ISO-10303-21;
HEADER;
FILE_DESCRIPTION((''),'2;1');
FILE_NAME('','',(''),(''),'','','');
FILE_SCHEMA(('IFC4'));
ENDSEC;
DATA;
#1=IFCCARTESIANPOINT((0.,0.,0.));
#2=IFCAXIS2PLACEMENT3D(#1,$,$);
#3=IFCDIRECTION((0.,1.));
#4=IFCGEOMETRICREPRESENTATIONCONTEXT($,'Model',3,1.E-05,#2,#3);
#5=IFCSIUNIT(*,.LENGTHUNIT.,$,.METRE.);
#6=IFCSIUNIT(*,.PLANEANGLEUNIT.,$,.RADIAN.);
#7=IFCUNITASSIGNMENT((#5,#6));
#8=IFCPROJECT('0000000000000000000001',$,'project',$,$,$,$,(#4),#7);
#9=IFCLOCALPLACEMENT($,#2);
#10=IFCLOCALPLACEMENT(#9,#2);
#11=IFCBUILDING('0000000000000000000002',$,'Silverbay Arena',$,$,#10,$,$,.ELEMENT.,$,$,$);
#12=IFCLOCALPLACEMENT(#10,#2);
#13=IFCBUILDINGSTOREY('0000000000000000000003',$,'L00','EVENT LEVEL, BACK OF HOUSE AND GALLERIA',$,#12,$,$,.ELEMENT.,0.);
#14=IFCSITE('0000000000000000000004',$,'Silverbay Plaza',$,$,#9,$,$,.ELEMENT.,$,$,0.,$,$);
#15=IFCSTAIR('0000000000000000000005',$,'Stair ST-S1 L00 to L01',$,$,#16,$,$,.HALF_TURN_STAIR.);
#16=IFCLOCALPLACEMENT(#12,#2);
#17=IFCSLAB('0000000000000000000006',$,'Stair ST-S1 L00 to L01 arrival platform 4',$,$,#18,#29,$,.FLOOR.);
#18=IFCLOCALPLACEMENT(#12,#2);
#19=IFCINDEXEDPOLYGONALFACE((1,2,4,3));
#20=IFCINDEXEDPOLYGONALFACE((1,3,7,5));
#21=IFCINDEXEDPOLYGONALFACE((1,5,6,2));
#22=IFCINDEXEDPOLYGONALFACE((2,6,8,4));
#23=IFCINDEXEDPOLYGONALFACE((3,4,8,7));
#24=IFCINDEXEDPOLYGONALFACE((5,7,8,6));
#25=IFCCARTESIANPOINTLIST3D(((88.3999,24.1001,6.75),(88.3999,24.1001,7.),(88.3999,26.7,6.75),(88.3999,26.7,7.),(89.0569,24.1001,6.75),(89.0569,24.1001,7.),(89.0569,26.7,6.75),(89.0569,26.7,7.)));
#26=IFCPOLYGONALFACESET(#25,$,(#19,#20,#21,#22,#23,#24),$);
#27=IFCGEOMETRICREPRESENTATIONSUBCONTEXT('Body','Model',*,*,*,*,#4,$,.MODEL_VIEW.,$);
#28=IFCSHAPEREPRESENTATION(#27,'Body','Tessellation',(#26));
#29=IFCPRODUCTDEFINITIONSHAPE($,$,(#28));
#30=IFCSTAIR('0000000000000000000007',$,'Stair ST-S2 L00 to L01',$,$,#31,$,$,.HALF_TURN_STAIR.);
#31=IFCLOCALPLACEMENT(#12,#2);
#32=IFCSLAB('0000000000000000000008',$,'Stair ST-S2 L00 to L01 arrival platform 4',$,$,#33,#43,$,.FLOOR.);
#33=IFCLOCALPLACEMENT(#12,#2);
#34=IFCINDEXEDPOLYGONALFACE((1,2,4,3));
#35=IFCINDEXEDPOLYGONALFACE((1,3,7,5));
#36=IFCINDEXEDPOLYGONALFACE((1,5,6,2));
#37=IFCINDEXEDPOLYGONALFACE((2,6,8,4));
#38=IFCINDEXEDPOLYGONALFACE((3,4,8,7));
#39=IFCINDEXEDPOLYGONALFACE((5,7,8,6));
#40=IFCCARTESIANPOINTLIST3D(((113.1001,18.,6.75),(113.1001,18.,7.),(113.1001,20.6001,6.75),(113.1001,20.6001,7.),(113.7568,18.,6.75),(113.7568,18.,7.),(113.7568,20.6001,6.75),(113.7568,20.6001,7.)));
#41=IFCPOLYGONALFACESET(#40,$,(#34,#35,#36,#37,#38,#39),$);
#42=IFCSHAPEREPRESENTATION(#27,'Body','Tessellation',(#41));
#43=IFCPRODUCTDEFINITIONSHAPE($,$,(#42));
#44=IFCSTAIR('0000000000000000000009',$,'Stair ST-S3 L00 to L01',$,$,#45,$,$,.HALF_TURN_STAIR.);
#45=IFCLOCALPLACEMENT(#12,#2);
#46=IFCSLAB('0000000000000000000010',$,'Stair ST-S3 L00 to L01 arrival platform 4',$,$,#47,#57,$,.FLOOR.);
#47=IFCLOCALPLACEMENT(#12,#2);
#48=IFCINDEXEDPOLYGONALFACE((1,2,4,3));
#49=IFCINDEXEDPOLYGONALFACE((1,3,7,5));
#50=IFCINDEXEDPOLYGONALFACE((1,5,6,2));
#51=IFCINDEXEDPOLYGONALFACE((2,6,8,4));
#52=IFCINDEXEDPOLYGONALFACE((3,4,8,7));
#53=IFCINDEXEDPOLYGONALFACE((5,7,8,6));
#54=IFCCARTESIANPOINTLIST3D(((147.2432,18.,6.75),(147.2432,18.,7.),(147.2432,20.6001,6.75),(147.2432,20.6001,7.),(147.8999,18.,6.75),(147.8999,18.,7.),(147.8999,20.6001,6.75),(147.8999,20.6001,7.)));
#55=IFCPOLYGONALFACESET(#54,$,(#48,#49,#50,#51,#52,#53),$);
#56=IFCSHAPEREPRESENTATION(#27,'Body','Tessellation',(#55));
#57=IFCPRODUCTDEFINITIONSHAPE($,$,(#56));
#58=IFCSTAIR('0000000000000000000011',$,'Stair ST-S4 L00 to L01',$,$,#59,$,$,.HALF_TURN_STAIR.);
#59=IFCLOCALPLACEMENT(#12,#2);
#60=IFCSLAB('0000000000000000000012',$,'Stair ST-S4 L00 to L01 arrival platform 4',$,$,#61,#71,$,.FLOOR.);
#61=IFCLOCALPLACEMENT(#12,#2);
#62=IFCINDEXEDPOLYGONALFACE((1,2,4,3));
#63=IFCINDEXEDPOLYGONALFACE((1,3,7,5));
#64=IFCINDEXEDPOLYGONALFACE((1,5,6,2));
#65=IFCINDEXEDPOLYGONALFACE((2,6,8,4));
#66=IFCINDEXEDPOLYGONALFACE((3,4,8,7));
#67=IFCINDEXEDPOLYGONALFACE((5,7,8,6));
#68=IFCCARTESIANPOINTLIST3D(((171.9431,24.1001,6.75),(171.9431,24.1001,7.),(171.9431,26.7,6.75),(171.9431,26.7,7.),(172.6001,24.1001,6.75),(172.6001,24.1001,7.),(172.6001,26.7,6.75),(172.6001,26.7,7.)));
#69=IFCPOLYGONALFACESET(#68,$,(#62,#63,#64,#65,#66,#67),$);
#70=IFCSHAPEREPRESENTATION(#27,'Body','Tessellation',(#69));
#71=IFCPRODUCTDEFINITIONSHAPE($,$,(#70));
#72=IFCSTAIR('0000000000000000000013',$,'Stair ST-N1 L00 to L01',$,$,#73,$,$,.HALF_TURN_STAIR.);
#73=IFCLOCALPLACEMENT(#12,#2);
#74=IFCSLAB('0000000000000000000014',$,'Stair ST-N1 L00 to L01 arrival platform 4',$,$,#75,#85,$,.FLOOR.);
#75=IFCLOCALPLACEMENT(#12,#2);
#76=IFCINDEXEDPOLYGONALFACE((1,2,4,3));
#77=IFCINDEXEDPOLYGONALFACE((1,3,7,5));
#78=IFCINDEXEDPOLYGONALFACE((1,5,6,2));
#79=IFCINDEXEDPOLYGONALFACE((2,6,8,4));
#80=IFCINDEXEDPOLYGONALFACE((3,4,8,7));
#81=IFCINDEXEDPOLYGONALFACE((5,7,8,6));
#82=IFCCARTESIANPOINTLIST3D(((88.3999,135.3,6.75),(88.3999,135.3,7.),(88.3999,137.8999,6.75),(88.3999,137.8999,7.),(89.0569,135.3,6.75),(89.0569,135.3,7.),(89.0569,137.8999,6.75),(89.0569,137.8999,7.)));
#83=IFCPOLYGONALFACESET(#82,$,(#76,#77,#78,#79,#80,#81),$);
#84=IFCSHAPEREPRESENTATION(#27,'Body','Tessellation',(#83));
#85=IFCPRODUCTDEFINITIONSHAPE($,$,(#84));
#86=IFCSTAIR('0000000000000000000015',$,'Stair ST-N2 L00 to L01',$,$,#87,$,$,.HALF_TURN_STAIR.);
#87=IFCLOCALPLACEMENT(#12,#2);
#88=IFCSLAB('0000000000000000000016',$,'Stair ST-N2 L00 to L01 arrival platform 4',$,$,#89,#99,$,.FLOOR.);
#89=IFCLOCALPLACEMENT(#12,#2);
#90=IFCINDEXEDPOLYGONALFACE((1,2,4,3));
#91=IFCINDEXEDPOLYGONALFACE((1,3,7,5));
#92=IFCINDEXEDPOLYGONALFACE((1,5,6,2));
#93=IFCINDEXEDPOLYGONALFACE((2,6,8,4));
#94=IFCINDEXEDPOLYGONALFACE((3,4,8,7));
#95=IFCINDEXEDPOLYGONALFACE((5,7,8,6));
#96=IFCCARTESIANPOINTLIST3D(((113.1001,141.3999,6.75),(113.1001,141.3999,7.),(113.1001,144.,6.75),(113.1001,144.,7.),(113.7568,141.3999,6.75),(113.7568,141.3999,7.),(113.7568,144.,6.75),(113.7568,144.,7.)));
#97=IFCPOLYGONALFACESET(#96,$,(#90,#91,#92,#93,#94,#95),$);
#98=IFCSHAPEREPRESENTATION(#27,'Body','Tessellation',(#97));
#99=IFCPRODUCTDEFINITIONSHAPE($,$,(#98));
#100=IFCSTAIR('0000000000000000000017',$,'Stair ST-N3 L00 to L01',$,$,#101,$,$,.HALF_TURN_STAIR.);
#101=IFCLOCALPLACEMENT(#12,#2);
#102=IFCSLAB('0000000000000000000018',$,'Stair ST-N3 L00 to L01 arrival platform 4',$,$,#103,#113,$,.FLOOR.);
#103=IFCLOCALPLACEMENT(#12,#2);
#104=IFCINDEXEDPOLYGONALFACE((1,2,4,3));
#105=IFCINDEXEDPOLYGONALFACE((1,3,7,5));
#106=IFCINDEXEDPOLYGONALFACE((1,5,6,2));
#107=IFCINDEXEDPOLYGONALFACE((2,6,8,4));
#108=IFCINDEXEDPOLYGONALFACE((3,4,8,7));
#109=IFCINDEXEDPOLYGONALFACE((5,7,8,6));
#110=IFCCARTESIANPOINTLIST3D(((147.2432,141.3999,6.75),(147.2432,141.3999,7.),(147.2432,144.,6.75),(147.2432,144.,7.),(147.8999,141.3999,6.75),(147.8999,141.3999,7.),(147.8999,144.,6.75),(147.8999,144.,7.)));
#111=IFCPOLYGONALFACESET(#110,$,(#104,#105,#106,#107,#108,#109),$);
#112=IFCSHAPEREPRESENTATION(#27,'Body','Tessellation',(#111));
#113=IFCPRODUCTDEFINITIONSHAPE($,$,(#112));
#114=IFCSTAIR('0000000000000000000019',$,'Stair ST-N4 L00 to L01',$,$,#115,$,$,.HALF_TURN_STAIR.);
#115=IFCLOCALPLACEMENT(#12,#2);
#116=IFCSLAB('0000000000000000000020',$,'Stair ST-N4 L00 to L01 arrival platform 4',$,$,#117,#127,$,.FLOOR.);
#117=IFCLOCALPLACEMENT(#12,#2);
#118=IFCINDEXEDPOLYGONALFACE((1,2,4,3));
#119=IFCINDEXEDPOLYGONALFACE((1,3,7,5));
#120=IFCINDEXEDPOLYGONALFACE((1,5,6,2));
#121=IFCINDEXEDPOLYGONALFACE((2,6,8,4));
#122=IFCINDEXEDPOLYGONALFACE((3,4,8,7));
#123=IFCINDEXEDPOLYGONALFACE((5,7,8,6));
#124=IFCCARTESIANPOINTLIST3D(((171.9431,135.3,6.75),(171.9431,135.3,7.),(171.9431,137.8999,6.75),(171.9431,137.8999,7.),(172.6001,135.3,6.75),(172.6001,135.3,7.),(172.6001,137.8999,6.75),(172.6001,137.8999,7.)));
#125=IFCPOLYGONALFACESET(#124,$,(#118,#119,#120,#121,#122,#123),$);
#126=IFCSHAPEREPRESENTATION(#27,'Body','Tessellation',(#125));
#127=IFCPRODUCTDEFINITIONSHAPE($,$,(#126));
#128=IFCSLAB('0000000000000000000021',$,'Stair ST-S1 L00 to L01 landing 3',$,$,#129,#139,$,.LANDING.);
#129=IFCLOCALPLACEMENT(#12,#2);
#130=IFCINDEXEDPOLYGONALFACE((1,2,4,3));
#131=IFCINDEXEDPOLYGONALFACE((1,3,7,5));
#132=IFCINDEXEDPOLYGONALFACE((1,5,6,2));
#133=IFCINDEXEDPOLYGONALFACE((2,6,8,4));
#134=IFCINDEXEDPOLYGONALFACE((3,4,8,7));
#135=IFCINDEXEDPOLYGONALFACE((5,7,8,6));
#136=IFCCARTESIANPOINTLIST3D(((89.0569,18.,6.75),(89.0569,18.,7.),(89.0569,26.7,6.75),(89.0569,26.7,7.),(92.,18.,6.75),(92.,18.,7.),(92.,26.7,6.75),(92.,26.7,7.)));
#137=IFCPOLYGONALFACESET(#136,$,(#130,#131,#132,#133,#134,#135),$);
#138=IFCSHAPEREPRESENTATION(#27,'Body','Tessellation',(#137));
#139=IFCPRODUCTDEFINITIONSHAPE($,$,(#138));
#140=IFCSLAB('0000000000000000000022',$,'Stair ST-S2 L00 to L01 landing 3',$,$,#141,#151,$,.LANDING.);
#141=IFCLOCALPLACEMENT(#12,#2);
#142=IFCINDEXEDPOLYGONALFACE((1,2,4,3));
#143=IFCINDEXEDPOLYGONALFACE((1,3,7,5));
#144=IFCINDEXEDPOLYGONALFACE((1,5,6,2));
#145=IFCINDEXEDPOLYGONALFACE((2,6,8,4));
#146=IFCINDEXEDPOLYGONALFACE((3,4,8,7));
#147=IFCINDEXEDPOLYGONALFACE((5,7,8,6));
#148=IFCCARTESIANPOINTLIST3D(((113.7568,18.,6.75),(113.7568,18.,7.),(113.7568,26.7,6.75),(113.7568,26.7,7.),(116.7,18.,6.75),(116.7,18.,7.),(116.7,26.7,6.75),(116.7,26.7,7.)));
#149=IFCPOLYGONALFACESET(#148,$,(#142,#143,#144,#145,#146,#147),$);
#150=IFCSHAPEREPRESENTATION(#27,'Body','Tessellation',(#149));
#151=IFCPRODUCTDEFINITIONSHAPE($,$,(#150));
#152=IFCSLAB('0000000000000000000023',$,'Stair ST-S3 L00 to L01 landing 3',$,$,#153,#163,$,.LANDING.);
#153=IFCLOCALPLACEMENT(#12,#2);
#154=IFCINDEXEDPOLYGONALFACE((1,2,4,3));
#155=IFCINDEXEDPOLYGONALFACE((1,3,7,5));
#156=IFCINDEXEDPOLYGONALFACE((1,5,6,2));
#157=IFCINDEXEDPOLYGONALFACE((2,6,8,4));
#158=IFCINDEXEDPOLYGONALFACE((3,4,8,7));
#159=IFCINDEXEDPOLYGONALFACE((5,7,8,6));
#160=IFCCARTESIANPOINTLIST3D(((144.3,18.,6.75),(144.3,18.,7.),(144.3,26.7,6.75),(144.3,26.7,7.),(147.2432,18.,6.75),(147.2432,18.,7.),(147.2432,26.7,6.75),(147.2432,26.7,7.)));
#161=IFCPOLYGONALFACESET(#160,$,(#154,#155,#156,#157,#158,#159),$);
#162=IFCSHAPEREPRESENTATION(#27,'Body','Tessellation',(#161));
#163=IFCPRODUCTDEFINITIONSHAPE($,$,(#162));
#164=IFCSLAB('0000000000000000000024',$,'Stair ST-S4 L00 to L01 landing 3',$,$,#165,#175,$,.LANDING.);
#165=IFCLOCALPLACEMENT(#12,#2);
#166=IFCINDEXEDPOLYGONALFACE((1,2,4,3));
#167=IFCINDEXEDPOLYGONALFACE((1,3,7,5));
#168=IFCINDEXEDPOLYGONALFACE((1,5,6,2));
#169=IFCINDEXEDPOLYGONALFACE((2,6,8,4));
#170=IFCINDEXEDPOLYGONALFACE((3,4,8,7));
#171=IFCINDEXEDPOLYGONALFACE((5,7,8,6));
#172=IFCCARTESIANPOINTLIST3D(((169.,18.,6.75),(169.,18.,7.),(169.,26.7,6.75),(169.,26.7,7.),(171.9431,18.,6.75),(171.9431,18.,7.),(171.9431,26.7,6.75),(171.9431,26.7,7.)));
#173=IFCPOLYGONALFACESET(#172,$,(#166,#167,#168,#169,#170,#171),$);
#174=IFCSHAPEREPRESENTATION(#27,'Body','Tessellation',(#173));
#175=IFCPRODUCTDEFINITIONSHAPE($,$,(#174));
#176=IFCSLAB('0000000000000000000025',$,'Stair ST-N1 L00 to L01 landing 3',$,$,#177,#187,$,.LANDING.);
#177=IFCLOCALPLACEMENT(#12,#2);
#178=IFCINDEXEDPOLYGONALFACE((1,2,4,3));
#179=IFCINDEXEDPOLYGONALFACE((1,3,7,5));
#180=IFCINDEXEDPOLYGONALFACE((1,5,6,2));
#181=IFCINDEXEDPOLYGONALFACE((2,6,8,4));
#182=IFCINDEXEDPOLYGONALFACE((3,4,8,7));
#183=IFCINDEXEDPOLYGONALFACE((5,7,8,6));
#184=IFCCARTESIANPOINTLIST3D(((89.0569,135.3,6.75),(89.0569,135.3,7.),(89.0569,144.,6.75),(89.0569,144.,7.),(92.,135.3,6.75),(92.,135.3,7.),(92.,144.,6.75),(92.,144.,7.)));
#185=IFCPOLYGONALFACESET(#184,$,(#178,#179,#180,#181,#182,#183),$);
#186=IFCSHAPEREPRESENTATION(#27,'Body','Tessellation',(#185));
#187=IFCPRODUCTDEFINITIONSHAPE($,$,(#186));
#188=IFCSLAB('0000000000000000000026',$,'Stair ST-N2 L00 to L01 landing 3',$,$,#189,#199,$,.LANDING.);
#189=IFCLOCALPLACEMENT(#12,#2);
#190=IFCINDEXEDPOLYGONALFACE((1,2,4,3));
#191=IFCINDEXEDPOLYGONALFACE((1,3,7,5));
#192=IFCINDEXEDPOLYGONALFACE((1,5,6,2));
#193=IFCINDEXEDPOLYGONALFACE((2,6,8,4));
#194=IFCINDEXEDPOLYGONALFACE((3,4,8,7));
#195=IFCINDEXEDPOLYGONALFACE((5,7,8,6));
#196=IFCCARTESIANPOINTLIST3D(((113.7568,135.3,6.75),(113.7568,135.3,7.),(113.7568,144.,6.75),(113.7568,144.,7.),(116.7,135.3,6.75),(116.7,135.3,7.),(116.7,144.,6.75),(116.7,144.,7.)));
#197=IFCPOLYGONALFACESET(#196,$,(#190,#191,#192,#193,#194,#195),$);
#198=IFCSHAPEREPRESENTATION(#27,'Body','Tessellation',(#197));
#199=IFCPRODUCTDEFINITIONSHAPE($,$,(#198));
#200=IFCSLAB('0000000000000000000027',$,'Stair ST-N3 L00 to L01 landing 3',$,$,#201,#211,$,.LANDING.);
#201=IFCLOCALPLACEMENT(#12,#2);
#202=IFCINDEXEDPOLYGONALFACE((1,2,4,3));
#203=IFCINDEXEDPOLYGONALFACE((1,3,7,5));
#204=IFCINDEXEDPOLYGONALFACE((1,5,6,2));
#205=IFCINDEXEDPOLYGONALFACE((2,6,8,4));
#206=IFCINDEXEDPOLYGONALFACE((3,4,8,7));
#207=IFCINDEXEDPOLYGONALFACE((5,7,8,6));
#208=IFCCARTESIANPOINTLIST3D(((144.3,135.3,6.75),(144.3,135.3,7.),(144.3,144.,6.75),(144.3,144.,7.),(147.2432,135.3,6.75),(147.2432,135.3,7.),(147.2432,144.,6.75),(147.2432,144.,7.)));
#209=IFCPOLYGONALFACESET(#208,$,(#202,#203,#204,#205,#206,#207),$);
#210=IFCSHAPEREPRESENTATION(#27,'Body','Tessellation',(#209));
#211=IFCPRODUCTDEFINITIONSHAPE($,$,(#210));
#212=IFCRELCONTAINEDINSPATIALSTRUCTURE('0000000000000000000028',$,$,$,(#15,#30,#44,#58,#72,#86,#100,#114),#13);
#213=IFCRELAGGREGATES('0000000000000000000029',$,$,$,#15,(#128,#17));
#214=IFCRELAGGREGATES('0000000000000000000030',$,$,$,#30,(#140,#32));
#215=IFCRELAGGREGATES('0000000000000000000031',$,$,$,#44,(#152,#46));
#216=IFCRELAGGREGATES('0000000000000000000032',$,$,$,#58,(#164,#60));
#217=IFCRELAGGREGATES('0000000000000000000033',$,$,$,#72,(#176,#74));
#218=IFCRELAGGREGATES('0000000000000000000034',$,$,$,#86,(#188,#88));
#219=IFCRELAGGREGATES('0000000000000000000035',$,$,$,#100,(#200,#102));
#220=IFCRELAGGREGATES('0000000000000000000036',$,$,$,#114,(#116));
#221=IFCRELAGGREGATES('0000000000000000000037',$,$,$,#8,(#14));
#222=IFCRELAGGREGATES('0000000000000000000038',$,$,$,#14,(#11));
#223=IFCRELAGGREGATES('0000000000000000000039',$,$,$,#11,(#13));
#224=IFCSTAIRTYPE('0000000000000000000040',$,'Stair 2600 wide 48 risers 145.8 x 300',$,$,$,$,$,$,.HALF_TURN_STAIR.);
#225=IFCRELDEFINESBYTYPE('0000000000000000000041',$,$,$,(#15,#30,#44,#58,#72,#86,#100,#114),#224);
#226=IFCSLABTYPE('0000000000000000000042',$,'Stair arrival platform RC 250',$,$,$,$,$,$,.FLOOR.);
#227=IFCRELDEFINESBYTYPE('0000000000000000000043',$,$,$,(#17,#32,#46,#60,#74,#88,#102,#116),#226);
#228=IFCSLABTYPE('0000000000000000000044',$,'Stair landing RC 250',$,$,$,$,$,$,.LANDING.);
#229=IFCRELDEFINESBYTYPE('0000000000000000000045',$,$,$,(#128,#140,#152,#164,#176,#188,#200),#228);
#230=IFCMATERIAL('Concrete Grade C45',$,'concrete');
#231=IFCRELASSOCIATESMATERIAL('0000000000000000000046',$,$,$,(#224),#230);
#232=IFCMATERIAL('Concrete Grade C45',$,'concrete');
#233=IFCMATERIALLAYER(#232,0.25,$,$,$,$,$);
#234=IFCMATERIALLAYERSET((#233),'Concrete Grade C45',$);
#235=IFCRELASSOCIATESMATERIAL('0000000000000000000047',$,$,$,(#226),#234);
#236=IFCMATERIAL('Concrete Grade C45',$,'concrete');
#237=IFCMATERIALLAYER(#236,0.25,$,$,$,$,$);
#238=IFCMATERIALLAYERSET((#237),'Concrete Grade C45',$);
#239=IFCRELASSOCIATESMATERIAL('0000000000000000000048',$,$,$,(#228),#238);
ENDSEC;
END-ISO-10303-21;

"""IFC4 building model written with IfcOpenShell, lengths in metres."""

from ifc_helpers import new_model, si_unit, direction, frame, origin, place, context, subcontext, project, spatial, polyline, outline, extrude, material, layer, layer_set, type_object, element, aggregate, save


model = new_model("IFC4")

# Units and contexts
model_context = context("Model", 3, precision=1e-05, world=origin(), true_north=direction((0.0, 1.0)))
body_context = subcontext(model_context, "Body", "Model", "MODEL_VIEW")
ifc_project = project(units=[si_unit("LENGTHUNIT", "METRE"), si_unit("PLANEANGLEUNIT", "RADIAN")], contexts=[model_context])

# Site, building, storey
site_placement = place(None, origin())
site = spatial("IfcSite", under=ifc_project, at=site_placement, Name="Silverbay Plaza", CompositionType="ELEMENT", RefElevation=0.0)
building_placement = place(site_placement, origin())
building = spatial("IfcBuilding", under=site, at=building_placement, Name="Silverbay Arena", CompositionType="ELEMENT")
storey_placement = place(building_placement, origin())
storey = spatial("IfcBuildingStorey", under=building, at=storey_placement, Name="L00", Description="EVENT LEVEL, BACK OF HOUSE AND GALLERIA", CompositionType="ELEMENT", Elevation=0.0)

# Stairs, slabs
ifc_material_1 = material(Name="Concrete Grade C45", Category="concrete")
stair_type = type_object("IfcStairType", Name="Stair 2600 wide 48 risers 145.8 x 300", PredefinedType="HALF_TURN_STAIR", material=ifc_material_1)
stair_1_placement = place(storey_placement, origin())
stair_1 = element("IfcStair", 1, at=stair_1_placement, inside=storey, type_object=stair_type, Name="Stair ST-S1 L00 to L01", PredefinedType="HALF_TURN_STAIR")
ifc_material_2 = material(Name="Concrete Grade C45", Category="concrete")
ifc_layer_1 = layer(ifc_material_2, 0.25)
ifc_layer_set_1 = layer_set([ifc_layer_1], Name="Concrete Grade C45")
slab_type_1 = type_object("IfcSlabType", Name="Stair arrival platform RC 250", PredefinedType="FLOOR", material=ifc_layer_set_1)
slab_1_placement = place(storey_placement, frame((0.0, 0.0, 6.75)))
slab_1 = element("IfcSlab", 2, at=slab_1_placement, type_object=slab_type_1, Name="Stair ST-S1 L00 to L01 arrival platform 4", PredefinedType="FLOOR", context=body_context, shape_type="SweptSolid", body=[
    extrude(outline(polyline([(88.3999, 26.7), (89.0569, 26.7), (89.0569, 24.1001), (88.3999, 24.1001), (88.3999, 26.7)])), origin(), (0.0, 0.0, 1.0), 0.25),
])
stair_2_placement = place(storey_placement, origin())
stair_2 = element("IfcStair", 3, at=stair_2_placement, inside=storey, type_object=stair_type, Name="Stair ST-S2 L00 to L01", PredefinedType="HALF_TURN_STAIR")
slab_2_placement = place(storey_placement, frame((0.0, 0.0, 6.75)))
slab_2 = element("IfcSlab", 4, at=slab_2_placement, type_object=slab_type_1, Name="Stair ST-S2 L00 to L01 arrival platform 4", PredefinedType="FLOOR", context=body_context, shape_type="SweptSolid", body=[
    extrude(outline(polyline([(113.1001, 20.6001), (113.7568, 20.6001), (113.7568, 18.0), (113.1001, 18.0), (113.1001, 20.6001)])), origin(), (0.0, 0.0, 1.0), 0.25),
])
stair_3_placement = place(storey_placement, origin())
stair_3 = element("IfcStair", 5, at=stair_3_placement, inside=storey, type_object=stair_type, Name="Stair ST-S3 L00 to L01", PredefinedType="HALF_TURN_STAIR")
slab_3_placement = place(storey_placement, frame((0.0, 0.0, 6.75)))
slab_3 = element("IfcSlab", 6, at=slab_3_placement, type_object=slab_type_1, Name="Stair ST-S3 L00 to L01 arrival platform 4", PredefinedType="FLOOR", context=body_context, shape_type="SweptSolid", body=[
    extrude(outline(polyline([(147.8999, 20.6001), (147.2432, 20.6001), (147.2432, 18.0), (147.8999, 18.0), (147.8999, 20.6001)])), origin(), (0.0, 0.0, 1.0), 0.25),
])
stair_4_placement = place(storey_placement, origin())
stair_4 = element("IfcStair", 7, at=stair_4_placement, inside=storey, type_object=stair_type, Name="Stair ST-S4 L00 to L01", PredefinedType="HALF_TURN_STAIR")
slab_4_placement = place(storey_placement, frame((0.0, 0.0, 6.75)))
slab_4 = element("IfcSlab", 8, at=slab_4_placement, type_object=slab_type_1, Name="Stair ST-S4 L00 to L01 arrival platform 4", PredefinedType="FLOOR", context=body_context, shape_type="SweptSolid", body=[
    extrude(outline(polyline([(172.6001, 26.7), (171.9431, 26.7), (171.9431, 24.1001), (172.6001, 24.1001), (172.6001, 26.7)])), origin(), (0.0, 0.0, 1.0), 0.25),
])
stair_5_placement = place(storey_placement, origin())
stair_5 = element("IfcStair", 9, at=stair_5_placement, inside=storey, type_object=stair_type, Name="Stair ST-N1 L00 to L01", PredefinedType="HALF_TURN_STAIR")
slab_5_placement = place(storey_placement, frame((0.0, 0.0, 6.75)))
slab_5 = element("IfcSlab", 10, at=slab_5_placement, type_object=slab_type_1, Name="Stair ST-N1 L00 to L01 arrival platform 4", PredefinedType="FLOOR", context=body_context, shape_type="SweptSolid", body=[
    extrude(outline(polyline([(88.3999, 135.3), (89.0569, 135.3), (89.0569, 137.8999), (88.3999, 137.8999), (88.3999, 135.3)])), origin(), (0.0, 0.0, 1.0), 0.25),
])
stair_6_placement = place(storey_placement, origin())
stair_6 = element("IfcStair", 11, at=stair_6_placement, inside=storey, type_object=stair_type, Name="Stair ST-N2 L00 to L01", PredefinedType="HALF_TURN_STAIR")
slab_6_placement = place(storey_placement, frame((0.0, 0.0, 6.75)))
slab_6 = element("IfcSlab", 12, at=slab_6_placement, type_object=slab_type_1, Name="Stair ST-N2 L00 to L01 arrival platform 4", PredefinedType="FLOOR", context=body_context, shape_type="SweptSolid", body=[
    extrude(outline(polyline([(113.1001, 141.3999), (113.7568, 141.3999), (113.7568, 144.0), (113.1001, 144.0), (113.1001, 141.3999)])), origin(), (0.0, 0.0, 1.0), 0.25),
])
stair_7_placement = place(storey_placement, origin())
stair_7 = element("IfcStair", 13, at=stair_7_placement, inside=storey, type_object=stair_type, Name="Stair ST-N3 L00 to L01", PredefinedType="HALF_TURN_STAIR")
slab_7_placement = place(storey_placement, frame((0.0, 0.0, 6.75)))
slab_7 = element("IfcSlab", 14, at=slab_7_placement, type_object=slab_type_1, Name="Stair ST-N3 L00 to L01 arrival platform 4", PredefinedType="FLOOR", context=body_context, shape_type="SweptSolid", body=[
    extrude(outline(polyline([(147.8999, 141.3999), (147.2432, 141.3999), (147.2432, 144.0), (147.8999, 144.0), (147.8999, 141.3999)])), origin(), (0.0, 0.0, 1.0), 0.25),
])
stair_8_placement = place(storey_placement, origin())
stair_8 = element("IfcStair", 15, at=stair_8_placement, inside=storey, type_object=stair_type, Name="Stair ST-N4 L00 to L01", PredefinedType="HALF_TURN_STAIR")
slab_8_placement = place(storey_placement, frame((0.0, 0.0, 6.75)))
slab_8 = element("IfcSlab", 16, at=slab_8_placement, type_object=slab_type_1, Name="Stair ST-N4 L00 to L01 arrival platform 4", PredefinedType="FLOOR", context=body_context, shape_type="SweptSolid", body=[
    extrude(outline(polyline([(172.6001, 135.3), (171.9431, 135.3), (171.9431, 137.8999), (172.6001, 137.8999), (172.6001, 135.3)])), origin(), (0.0, 0.0, 1.0), 0.25),
])

# Slabs
ifc_material_3 = material(Name="Concrete Grade C45", Category="concrete")
ifc_layer_2 = layer(ifc_material_3, 0.25)
ifc_layer_set_2 = layer_set([ifc_layer_2], Name="Concrete Grade C45")
slab_type_2 = type_object("IfcSlabType", Name="Stair landing RC 250", PredefinedType="LANDING", material=ifc_layer_set_2)
slab_9_placement = place(storey_placement, frame((0.0, 0.0, 6.75)))
slab_9 = element("IfcSlab", 17, at=slab_9_placement, type_object=slab_type_2, Name="Stair ST-S1 L00 to L01 landing 3", PredefinedType="LANDING", context=body_context, shape_type="SweptSolid", body=[
    extrude(outline(polyline([(89.0569, 26.7), (92.0, 26.7), (92.0, 18.0), (89.0569, 18.0), (89.0569, 26.7)])), origin(), (0.0, 0.0, 1.0), 0.25),
])
aggregate(stair_1, [slab_9, slab_1])
slab_10_placement = place(storey_placement, frame((0.0, 0.0, 6.75)))
slab_10 = element("IfcSlab", 18, at=slab_10_placement, type_object=slab_type_2, Name="Stair ST-S2 L00 to L01 landing 3", PredefinedType="LANDING", context=body_context, shape_type="SweptSolid", body=[
    extrude(outline(polyline([(113.7568, 26.7), (116.7, 26.7), (116.7, 18.0), (113.7568, 18.0), (113.7568, 26.7)])), origin(), (0.0, 0.0, 1.0), 0.25),
])
aggregate(stair_2, [slab_10, slab_2])
slab_11_placement = place(storey_placement, frame((0.0, 0.0, 6.75)))
slab_11 = element("IfcSlab", 19, at=slab_11_placement, type_object=slab_type_2, Name="Stair ST-S3 L00 to L01 landing 3", PredefinedType="LANDING", context=body_context, shape_type="SweptSolid", body=[
    extrude(outline(polyline([(147.2432, 26.7), (144.3, 26.7), (144.3, 18.0), (147.2432, 18.0), (147.2432, 26.7)])), origin(), (0.0, 0.0, 1.0), 0.25),
])
aggregate(stair_3, [slab_11, slab_3])
slab_12_placement = place(storey_placement, frame((0.0, 0.0, 6.75)))
slab_12 = element("IfcSlab", 20, at=slab_12_placement, type_object=slab_type_2, Name="Stair ST-S4 L00 to L01 landing 3", PredefinedType="LANDING", context=body_context, shape_type="SweptSolid", body=[
    extrude(outline(polyline([(171.9431, 26.7), (169.0, 26.7), (169.0, 18.0), (171.9431, 18.0), (171.9431, 26.7)])), origin(), (0.0, 0.0, 1.0), 0.25),
])
aggregate(stair_4, [slab_12, slab_4])
slab_13_placement = place(storey_placement, frame((0.0, 0.0, 6.75)))
slab_13 = element("IfcSlab", 21, at=slab_13_placement, type_object=slab_type_2, Name="Stair ST-N1 L00 to L01 landing 3", PredefinedType="LANDING", context=body_context, shape_type="SweptSolid", body=[
    extrude(outline(polyline([(89.0569, 135.3), (92.0, 135.3), (92.0, 144.0), (89.0569, 144.0), (89.0569, 135.3)])), origin(), (0.0, 0.0, 1.0), 0.25),
])
aggregate(stair_5, [slab_13, slab_5])
slab_14_placement = place(storey_placement, frame((0.0, 0.0, 6.75)))
slab_14 = element("IfcSlab", 22, at=slab_14_placement, type_object=slab_type_2, Name="Stair ST-N2 L00 to L01 landing 3", PredefinedType="LANDING", context=body_context, shape_type="SweptSolid", body=[
    extrude(outline(polyline([(113.7568, 135.3), (116.7, 135.3), (116.7, 144.0), (113.7568, 144.0), (113.7568, 135.3)])), origin(), (0.0, 0.0, 1.0), 0.25),
])
aggregate(stair_6, [slab_14, slab_6])
slab_15_placement = place(storey_placement, frame((0.0, 0.0, 6.75)))
slab_15 = element("IfcSlab", 23, at=slab_15_placement, type_object=slab_type_2, Name="Stair ST-N3 L00 to L01 landing 3", PredefinedType="LANDING", context=body_context, shape_type="SweptSolid", body=[
    extrude(outline(polyline([(147.2432, 135.3), (144.3, 135.3), (144.3, 144.0), (147.2432, 144.0), (147.2432, 135.3)])), origin(), (0.0, 0.0, 1.0), 0.25),
])
aggregate(stair_7, [slab_15, slab_7])
aggregate(stair_8, [slab_8])

save(model, "model.ifc")
